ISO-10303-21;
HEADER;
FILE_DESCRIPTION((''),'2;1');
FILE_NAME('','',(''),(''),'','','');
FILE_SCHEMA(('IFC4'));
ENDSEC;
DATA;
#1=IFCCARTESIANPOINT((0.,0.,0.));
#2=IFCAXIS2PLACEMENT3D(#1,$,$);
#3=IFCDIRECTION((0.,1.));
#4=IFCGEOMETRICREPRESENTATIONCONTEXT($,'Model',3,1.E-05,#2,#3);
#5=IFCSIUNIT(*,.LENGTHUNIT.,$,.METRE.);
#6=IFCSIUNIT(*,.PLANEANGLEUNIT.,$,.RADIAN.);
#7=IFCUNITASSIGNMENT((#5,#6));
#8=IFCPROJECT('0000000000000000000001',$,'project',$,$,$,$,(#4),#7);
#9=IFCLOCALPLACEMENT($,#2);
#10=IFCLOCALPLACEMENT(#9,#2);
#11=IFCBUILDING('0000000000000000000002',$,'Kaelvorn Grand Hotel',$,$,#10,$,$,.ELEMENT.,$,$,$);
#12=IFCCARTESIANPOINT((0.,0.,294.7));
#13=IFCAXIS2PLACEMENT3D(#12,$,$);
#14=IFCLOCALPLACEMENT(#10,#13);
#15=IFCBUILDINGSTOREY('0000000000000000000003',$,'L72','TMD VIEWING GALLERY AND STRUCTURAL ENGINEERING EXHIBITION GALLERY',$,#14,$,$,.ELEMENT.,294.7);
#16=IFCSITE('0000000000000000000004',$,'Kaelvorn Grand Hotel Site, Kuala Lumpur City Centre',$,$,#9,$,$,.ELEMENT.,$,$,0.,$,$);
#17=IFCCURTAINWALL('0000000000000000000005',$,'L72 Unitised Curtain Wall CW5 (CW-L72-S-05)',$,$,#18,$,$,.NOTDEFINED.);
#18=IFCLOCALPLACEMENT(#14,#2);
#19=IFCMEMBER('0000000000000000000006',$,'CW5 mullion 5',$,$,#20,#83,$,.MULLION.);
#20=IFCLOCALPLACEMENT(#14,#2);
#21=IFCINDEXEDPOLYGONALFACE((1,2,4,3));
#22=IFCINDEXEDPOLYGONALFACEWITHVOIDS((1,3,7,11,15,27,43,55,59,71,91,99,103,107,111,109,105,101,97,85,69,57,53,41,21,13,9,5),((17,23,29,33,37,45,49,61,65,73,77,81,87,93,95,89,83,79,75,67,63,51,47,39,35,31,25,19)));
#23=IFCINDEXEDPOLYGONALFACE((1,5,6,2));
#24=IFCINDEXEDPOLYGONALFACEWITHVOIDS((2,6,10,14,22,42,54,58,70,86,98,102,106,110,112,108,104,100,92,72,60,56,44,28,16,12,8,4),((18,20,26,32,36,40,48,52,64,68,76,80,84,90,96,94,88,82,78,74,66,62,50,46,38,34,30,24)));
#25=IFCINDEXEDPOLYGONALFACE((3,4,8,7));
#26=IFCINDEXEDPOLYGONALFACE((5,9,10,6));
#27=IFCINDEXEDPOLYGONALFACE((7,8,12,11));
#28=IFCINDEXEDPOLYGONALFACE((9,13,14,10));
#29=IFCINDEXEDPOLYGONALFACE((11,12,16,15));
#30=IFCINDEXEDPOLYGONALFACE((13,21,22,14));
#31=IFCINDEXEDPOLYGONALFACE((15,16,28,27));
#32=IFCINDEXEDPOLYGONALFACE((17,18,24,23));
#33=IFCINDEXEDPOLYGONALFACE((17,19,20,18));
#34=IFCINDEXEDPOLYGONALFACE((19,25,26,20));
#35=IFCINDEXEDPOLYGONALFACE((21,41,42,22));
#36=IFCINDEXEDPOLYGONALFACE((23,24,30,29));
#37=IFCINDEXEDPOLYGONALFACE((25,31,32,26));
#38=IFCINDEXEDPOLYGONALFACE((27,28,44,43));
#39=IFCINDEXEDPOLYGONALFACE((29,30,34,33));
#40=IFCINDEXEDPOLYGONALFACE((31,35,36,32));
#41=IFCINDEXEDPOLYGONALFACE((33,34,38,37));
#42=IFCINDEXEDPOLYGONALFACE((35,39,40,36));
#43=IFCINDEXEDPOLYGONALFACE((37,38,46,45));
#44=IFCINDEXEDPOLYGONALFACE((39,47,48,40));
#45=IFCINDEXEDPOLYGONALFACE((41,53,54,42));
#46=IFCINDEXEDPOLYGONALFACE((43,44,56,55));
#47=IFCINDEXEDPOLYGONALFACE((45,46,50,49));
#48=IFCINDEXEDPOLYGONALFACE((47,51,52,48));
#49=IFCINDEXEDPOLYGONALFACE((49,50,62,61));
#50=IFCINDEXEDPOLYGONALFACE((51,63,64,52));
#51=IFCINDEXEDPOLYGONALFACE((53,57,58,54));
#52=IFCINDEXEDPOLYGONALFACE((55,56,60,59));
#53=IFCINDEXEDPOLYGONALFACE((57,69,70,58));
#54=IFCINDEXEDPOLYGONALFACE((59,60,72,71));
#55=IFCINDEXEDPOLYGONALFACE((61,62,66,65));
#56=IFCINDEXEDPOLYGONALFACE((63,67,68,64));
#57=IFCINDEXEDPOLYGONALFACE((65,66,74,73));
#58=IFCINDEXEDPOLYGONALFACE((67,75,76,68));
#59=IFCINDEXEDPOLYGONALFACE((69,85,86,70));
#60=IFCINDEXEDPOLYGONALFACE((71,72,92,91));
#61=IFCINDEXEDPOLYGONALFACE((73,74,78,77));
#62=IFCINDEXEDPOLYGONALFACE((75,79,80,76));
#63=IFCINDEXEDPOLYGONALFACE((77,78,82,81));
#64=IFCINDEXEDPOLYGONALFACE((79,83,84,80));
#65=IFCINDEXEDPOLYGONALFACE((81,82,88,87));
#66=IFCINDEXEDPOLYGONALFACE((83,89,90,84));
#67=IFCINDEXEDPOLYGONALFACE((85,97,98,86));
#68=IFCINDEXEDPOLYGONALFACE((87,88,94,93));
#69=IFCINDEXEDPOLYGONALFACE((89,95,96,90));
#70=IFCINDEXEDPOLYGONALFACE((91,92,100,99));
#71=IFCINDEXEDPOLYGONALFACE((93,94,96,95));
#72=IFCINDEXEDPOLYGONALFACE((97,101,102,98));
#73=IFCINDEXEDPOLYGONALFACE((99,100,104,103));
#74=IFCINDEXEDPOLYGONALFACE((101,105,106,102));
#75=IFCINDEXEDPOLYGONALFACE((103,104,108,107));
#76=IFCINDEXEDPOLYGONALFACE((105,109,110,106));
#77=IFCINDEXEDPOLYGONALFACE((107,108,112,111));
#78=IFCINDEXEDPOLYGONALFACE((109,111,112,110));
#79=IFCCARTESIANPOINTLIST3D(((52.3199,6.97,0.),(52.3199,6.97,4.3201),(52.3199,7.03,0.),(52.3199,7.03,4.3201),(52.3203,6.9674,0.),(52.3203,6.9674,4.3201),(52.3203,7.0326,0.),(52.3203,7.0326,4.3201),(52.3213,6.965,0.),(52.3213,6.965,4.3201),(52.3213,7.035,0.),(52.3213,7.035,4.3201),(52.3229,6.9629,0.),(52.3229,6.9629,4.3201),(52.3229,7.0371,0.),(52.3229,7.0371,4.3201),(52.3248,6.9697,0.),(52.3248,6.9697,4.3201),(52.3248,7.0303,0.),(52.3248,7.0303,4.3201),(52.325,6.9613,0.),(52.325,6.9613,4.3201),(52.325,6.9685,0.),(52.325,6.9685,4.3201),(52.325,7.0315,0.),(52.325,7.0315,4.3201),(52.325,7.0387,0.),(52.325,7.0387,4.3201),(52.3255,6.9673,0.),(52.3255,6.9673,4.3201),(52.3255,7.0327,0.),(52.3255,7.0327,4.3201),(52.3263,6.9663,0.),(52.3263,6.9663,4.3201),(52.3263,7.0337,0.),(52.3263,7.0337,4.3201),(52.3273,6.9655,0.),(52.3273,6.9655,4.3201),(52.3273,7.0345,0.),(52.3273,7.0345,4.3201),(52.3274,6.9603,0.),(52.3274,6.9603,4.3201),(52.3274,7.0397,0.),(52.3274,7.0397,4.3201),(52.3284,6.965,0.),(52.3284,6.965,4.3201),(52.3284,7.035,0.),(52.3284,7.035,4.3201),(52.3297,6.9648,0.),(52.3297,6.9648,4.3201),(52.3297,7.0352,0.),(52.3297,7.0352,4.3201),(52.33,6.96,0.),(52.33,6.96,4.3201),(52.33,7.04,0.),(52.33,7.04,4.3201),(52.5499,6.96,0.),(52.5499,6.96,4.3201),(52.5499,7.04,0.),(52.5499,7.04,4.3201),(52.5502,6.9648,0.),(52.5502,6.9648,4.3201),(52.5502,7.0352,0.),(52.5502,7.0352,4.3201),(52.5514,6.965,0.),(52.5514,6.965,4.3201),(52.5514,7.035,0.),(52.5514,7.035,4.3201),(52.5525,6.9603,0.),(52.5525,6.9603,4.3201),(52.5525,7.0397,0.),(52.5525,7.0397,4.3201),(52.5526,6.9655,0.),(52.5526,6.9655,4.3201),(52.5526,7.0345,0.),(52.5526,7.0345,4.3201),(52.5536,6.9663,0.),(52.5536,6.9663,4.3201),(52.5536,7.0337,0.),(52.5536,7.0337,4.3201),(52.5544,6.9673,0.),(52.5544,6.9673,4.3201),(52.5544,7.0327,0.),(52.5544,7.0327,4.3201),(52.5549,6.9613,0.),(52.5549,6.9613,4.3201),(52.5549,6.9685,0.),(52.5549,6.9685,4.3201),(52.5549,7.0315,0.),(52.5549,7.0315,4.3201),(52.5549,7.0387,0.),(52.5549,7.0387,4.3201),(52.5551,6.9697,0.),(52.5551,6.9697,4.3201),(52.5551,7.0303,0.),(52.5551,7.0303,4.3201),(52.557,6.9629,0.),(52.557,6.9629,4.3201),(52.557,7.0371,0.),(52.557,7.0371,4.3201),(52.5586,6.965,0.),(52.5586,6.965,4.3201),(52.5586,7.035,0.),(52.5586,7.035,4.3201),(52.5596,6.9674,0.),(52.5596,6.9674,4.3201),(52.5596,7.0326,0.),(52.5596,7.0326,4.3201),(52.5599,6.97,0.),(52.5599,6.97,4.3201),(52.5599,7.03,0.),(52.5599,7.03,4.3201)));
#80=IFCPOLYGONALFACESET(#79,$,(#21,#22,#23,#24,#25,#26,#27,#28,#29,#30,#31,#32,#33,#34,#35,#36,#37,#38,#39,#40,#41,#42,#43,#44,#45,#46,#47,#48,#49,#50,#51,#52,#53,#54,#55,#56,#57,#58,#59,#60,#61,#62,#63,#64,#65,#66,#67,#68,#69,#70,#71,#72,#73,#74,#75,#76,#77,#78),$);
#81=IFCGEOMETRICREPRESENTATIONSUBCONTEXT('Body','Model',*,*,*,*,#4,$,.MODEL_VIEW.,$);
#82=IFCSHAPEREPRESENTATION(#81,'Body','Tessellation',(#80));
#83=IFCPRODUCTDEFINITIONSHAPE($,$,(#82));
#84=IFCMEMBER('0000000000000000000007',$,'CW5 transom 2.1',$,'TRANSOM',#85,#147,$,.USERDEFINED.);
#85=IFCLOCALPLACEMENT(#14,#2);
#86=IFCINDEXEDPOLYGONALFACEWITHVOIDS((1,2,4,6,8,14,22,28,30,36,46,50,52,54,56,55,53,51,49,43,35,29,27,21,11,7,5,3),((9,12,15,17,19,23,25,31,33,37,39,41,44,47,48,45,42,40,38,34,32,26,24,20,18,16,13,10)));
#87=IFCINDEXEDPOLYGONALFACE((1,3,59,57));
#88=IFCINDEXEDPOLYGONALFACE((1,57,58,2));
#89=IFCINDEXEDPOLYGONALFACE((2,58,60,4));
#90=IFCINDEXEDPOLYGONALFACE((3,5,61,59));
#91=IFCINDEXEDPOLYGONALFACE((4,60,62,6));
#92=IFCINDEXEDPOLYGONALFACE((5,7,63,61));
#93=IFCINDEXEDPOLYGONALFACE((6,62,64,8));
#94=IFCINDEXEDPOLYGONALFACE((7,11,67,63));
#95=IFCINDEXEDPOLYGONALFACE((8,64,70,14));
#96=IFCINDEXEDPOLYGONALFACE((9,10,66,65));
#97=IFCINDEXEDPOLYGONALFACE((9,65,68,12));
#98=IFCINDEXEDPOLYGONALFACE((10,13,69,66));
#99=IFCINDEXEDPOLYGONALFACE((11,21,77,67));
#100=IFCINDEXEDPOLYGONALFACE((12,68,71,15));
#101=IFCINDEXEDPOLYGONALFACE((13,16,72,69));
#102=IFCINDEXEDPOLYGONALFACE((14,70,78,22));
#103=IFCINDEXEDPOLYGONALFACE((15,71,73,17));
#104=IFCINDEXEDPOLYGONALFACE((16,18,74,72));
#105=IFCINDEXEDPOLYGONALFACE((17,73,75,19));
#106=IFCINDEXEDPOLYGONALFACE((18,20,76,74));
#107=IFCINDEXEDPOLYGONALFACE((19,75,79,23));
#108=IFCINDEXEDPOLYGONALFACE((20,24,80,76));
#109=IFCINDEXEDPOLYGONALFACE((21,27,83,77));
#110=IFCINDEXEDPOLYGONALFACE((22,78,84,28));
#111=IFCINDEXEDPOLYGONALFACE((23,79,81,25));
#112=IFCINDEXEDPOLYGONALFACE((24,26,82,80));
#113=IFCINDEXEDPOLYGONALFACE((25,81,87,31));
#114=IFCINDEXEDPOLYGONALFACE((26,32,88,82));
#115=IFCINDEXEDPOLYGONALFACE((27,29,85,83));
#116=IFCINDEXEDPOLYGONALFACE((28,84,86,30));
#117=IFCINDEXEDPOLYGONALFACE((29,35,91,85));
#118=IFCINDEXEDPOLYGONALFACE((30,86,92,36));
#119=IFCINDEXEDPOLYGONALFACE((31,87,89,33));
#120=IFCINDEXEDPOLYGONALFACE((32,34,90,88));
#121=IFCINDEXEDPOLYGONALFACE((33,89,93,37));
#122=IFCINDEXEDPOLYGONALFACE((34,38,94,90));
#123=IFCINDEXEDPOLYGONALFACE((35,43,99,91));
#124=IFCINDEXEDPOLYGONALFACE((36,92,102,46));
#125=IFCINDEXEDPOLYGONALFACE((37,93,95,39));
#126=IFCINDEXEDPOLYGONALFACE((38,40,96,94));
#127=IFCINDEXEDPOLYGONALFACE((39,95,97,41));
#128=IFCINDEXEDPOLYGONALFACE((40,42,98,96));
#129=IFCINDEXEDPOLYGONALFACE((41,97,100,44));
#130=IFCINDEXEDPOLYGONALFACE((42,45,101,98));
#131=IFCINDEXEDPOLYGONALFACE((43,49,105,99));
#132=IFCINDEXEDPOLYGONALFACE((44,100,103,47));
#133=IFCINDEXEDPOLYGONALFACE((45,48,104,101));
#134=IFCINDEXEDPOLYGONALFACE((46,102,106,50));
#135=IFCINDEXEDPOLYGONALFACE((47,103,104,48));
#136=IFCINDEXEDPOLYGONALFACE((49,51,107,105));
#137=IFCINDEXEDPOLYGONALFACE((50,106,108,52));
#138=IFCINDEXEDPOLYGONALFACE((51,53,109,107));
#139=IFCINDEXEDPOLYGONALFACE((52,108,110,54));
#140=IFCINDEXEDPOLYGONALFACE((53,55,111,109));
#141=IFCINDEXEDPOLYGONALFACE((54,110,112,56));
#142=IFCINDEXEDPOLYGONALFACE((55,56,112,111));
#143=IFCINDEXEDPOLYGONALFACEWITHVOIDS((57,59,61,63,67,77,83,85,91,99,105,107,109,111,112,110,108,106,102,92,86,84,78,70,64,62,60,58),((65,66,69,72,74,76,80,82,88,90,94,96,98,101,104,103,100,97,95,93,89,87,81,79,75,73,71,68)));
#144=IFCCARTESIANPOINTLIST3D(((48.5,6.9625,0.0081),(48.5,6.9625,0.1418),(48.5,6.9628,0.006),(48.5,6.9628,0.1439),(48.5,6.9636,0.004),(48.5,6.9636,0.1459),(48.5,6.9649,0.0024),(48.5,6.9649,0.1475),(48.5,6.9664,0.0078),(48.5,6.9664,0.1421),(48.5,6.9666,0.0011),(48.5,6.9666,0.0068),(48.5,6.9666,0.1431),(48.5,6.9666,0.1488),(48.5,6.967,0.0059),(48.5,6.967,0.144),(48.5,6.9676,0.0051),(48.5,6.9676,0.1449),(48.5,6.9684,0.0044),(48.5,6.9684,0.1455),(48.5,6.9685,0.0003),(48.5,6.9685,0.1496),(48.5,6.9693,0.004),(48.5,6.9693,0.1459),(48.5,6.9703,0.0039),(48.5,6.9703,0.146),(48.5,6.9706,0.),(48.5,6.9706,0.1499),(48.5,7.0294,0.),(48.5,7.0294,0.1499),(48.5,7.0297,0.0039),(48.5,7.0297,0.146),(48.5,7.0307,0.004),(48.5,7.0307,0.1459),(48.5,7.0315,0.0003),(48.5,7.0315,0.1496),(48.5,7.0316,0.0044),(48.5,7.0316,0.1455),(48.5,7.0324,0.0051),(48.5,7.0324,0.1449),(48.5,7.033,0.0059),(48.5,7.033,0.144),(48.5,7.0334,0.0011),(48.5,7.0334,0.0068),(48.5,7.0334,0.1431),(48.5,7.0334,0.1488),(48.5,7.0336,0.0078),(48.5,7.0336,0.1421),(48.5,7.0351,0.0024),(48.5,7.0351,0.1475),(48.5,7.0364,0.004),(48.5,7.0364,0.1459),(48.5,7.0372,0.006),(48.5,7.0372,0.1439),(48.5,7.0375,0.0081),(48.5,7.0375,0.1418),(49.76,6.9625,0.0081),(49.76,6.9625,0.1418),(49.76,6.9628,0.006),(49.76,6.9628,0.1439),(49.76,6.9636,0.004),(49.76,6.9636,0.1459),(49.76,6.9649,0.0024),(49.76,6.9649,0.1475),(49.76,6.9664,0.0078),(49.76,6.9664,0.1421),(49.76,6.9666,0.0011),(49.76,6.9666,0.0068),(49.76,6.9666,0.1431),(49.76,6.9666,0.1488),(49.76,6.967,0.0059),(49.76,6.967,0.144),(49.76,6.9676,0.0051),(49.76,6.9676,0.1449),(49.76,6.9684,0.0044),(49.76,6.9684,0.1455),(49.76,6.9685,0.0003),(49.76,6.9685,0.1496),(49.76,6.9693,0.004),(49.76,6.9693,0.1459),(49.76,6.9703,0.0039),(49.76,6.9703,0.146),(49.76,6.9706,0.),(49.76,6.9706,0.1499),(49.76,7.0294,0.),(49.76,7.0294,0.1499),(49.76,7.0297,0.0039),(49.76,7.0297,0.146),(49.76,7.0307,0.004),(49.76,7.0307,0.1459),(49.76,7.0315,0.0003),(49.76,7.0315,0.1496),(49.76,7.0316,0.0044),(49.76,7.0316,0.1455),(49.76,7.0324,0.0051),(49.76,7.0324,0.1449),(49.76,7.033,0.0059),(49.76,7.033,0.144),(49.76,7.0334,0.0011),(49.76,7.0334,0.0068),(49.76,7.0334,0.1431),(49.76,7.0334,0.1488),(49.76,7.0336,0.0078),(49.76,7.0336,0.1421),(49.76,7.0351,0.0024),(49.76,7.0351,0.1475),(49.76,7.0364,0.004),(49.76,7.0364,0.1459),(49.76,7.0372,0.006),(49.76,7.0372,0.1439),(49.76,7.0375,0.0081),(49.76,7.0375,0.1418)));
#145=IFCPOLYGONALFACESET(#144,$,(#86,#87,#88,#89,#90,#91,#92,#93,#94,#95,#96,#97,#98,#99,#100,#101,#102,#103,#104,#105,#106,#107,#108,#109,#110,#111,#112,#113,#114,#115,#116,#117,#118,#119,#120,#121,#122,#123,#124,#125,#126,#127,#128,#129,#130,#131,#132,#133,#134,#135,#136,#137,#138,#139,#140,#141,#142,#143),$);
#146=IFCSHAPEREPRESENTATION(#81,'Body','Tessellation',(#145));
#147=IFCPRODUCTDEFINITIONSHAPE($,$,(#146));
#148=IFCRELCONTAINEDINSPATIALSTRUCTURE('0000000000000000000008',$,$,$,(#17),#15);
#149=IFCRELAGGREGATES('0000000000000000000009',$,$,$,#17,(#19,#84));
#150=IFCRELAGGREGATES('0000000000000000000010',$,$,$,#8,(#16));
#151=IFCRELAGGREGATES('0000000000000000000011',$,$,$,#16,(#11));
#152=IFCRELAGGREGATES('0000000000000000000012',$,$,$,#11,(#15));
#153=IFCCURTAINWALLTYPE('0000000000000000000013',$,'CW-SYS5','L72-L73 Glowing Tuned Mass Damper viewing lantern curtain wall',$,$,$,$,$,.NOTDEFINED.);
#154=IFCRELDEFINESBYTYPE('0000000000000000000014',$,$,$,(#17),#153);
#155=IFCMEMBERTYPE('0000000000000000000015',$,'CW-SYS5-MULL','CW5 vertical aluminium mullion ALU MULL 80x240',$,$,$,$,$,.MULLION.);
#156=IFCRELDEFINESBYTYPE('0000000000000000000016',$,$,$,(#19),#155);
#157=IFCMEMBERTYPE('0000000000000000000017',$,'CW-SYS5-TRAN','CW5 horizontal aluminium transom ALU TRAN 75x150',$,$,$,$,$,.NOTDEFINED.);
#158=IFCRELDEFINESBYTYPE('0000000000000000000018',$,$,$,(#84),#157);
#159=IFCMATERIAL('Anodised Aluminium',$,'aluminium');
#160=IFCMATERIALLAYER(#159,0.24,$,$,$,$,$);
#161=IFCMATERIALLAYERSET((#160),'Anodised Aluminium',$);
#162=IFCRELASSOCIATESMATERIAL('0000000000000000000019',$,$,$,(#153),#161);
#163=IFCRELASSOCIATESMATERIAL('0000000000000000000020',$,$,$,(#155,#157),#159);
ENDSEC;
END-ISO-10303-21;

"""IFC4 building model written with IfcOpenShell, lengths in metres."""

from ifc_helpers import new_model, si_unit, direction, frame, origin, origin_2d, place, context, subcontext, project, spatial, hollow_rectangle, extrude, material, layer, layer_set, material_profile, profile_set, type_object, element, aggregate, save


model = new_model("IFC4")

# Units and contexts
model_context = context("Model", 3, precision=1e-05, world=origin(), true_north=direction((0.0, 1.0)))
body_context = subcontext(model_context, "Body", "Model", "MODEL_VIEW")
ifc_project = project(units=[si_unit("LENGTHUNIT", "METRE"), si_unit("PLANEANGLEUNIT", "RADIAN")], contexts=[model_context])

# Site, building, storey
site_placement = place(None, origin())
site = spatial("IfcSite", under=ifc_project, at=site_placement, Name="Kaelvorn Grand Hotel Site, Kuala Lumpur City Centre", CompositionType="ELEMENT", RefElevation=0.0)
building_placement = place(site_placement, origin())
building = spatial("IfcBuilding", under=site, at=building_placement, Name="Kaelvorn Grand Hotel", CompositionType="ELEMENT")
storey_placement = place(building_placement, frame((0.0, 0.0, 294.7)))
storey = spatial("IfcBuildingStorey", under=building, at=storey_placement, Name="L72", Description="TMD VIEWING GALLERY AND STRUCTURAL ENGINEERING EXHIBITION GALLERY", CompositionType="ELEMENT", Elevation=294.7)

# Curtain wall, members
ifc_material_1 = material(Name="Anodised Aluminium", Category="aluminium")
ifc_layer_1 = layer(ifc_material_1, 0.24)
ifc_layer_set_1 = layer_set([ifc_layer_1], Name="Anodised Aluminium")
curtain_wall_type = type_object("IfcCurtainWallType", Name="CW-SYS5", Description="L72-L73 Glowing Tuned Mass Damper viewing lantern curtain wall", PredefinedType="NOTDEFINED", material=ifc_layer_set_1)
curtain_wall_placement = place(storey_placement, origin())
curtain_wall = element("IfcCurtainWall", 1, at=curtain_wall_placement, inside=storey, type_object=curtain_wall_type, Name="L72 Unitised Curtain Wall CW5 (CW-L72-S-05)", PredefinedType="NOTDEFINED")
ifc_material_profile_1 = material_profile(ifc_material_1, hollow_rectangle(XDim=0.0801, YDim=0.24, WallThickness=0.0049, InnerFilletRadius=0.0049, OuterFilletRadius=0.01, at=origin_2d()), Name="ALU MULL 80x240")
ifc_profile_set_1 = profile_set([ifc_material_profile_1], Name="Anodised Aluminium")
member_type_1 = type_object("IfcMemberType", Name="CW-SYS5-MULL", Description="CW5 vertical aluminium mullion ALU MULL 80x240", PredefinedType="MULLION", material=ifc_profile_set_1)
member_1_placement = place(storey_placement, frame((52.4399, 7.0, 0.0), z_axis=(0.0, 0.0, 1.0), x_axis=(0.0, 1.0, 0.0)))
member_1 = element("IfcMember", 2, at=member_1_placement, type_object=member_type_1, Name="CW5 mullion 5", PredefinedType="MULLION", context=body_context, shape_type="SweptSolid", body=[
    extrude(hollow_rectangle(XDim=0.0801, YDim=0.24, WallThickness=0.0049, InnerFilletRadius=0.0049, OuterFilletRadius=0.01, at=origin_2d()), origin(), (0.0, 0.0, 1.0), 4.3201),
])
ifc_material_profile_2 = material_profile(ifc_material_1, hollow_rectangle(XDim=0.075, YDim=0.1499, WallThickness=0.0039, InnerFilletRadius=0.0039, OuterFilletRadius=0.0081, at=origin_2d()), Name="ALU TRAN 75x150")
ifc_profile_set_2 = profile_set([ifc_material_profile_2], Name="Anodised Aluminium")
member_type_2 = type_object("IfcMemberType", Name="CW-SYS5-TRAN", Description="CW5 horizontal aluminium transom ALU TRAN 75x150", PredefinedType="NOTDEFINED", material=ifc_profile_set_2)
member_2_placement = place(storey_placement, frame((48.5, 7.0, 0.075), z_axis=(1.0, 0.0, 0.0), x_axis=(0.0, 1.0, 0.0)))
member_2 = element("IfcMember", 3, at=member_2_placement, type_object=member_type_2, Name="CW5 transom 2.1", ObjectType="TRANSOM", PredefinedType="USERDEFINED", context=body_context, shape_type="SweptSolid", body=[
    extrude(hollow_rectangle(XDim=0.075, YDim=0.1499, WallThickness=0.0039, InnerFilletRadius=0.0039, OuterFilletRadius=0.0081, at=origin_2d()), origin(), (0.0, 0.0, 1.0), 1.26),
])
aggregate(curtain_wall, [member_1, member_2])

save(model, "model.ifc")
